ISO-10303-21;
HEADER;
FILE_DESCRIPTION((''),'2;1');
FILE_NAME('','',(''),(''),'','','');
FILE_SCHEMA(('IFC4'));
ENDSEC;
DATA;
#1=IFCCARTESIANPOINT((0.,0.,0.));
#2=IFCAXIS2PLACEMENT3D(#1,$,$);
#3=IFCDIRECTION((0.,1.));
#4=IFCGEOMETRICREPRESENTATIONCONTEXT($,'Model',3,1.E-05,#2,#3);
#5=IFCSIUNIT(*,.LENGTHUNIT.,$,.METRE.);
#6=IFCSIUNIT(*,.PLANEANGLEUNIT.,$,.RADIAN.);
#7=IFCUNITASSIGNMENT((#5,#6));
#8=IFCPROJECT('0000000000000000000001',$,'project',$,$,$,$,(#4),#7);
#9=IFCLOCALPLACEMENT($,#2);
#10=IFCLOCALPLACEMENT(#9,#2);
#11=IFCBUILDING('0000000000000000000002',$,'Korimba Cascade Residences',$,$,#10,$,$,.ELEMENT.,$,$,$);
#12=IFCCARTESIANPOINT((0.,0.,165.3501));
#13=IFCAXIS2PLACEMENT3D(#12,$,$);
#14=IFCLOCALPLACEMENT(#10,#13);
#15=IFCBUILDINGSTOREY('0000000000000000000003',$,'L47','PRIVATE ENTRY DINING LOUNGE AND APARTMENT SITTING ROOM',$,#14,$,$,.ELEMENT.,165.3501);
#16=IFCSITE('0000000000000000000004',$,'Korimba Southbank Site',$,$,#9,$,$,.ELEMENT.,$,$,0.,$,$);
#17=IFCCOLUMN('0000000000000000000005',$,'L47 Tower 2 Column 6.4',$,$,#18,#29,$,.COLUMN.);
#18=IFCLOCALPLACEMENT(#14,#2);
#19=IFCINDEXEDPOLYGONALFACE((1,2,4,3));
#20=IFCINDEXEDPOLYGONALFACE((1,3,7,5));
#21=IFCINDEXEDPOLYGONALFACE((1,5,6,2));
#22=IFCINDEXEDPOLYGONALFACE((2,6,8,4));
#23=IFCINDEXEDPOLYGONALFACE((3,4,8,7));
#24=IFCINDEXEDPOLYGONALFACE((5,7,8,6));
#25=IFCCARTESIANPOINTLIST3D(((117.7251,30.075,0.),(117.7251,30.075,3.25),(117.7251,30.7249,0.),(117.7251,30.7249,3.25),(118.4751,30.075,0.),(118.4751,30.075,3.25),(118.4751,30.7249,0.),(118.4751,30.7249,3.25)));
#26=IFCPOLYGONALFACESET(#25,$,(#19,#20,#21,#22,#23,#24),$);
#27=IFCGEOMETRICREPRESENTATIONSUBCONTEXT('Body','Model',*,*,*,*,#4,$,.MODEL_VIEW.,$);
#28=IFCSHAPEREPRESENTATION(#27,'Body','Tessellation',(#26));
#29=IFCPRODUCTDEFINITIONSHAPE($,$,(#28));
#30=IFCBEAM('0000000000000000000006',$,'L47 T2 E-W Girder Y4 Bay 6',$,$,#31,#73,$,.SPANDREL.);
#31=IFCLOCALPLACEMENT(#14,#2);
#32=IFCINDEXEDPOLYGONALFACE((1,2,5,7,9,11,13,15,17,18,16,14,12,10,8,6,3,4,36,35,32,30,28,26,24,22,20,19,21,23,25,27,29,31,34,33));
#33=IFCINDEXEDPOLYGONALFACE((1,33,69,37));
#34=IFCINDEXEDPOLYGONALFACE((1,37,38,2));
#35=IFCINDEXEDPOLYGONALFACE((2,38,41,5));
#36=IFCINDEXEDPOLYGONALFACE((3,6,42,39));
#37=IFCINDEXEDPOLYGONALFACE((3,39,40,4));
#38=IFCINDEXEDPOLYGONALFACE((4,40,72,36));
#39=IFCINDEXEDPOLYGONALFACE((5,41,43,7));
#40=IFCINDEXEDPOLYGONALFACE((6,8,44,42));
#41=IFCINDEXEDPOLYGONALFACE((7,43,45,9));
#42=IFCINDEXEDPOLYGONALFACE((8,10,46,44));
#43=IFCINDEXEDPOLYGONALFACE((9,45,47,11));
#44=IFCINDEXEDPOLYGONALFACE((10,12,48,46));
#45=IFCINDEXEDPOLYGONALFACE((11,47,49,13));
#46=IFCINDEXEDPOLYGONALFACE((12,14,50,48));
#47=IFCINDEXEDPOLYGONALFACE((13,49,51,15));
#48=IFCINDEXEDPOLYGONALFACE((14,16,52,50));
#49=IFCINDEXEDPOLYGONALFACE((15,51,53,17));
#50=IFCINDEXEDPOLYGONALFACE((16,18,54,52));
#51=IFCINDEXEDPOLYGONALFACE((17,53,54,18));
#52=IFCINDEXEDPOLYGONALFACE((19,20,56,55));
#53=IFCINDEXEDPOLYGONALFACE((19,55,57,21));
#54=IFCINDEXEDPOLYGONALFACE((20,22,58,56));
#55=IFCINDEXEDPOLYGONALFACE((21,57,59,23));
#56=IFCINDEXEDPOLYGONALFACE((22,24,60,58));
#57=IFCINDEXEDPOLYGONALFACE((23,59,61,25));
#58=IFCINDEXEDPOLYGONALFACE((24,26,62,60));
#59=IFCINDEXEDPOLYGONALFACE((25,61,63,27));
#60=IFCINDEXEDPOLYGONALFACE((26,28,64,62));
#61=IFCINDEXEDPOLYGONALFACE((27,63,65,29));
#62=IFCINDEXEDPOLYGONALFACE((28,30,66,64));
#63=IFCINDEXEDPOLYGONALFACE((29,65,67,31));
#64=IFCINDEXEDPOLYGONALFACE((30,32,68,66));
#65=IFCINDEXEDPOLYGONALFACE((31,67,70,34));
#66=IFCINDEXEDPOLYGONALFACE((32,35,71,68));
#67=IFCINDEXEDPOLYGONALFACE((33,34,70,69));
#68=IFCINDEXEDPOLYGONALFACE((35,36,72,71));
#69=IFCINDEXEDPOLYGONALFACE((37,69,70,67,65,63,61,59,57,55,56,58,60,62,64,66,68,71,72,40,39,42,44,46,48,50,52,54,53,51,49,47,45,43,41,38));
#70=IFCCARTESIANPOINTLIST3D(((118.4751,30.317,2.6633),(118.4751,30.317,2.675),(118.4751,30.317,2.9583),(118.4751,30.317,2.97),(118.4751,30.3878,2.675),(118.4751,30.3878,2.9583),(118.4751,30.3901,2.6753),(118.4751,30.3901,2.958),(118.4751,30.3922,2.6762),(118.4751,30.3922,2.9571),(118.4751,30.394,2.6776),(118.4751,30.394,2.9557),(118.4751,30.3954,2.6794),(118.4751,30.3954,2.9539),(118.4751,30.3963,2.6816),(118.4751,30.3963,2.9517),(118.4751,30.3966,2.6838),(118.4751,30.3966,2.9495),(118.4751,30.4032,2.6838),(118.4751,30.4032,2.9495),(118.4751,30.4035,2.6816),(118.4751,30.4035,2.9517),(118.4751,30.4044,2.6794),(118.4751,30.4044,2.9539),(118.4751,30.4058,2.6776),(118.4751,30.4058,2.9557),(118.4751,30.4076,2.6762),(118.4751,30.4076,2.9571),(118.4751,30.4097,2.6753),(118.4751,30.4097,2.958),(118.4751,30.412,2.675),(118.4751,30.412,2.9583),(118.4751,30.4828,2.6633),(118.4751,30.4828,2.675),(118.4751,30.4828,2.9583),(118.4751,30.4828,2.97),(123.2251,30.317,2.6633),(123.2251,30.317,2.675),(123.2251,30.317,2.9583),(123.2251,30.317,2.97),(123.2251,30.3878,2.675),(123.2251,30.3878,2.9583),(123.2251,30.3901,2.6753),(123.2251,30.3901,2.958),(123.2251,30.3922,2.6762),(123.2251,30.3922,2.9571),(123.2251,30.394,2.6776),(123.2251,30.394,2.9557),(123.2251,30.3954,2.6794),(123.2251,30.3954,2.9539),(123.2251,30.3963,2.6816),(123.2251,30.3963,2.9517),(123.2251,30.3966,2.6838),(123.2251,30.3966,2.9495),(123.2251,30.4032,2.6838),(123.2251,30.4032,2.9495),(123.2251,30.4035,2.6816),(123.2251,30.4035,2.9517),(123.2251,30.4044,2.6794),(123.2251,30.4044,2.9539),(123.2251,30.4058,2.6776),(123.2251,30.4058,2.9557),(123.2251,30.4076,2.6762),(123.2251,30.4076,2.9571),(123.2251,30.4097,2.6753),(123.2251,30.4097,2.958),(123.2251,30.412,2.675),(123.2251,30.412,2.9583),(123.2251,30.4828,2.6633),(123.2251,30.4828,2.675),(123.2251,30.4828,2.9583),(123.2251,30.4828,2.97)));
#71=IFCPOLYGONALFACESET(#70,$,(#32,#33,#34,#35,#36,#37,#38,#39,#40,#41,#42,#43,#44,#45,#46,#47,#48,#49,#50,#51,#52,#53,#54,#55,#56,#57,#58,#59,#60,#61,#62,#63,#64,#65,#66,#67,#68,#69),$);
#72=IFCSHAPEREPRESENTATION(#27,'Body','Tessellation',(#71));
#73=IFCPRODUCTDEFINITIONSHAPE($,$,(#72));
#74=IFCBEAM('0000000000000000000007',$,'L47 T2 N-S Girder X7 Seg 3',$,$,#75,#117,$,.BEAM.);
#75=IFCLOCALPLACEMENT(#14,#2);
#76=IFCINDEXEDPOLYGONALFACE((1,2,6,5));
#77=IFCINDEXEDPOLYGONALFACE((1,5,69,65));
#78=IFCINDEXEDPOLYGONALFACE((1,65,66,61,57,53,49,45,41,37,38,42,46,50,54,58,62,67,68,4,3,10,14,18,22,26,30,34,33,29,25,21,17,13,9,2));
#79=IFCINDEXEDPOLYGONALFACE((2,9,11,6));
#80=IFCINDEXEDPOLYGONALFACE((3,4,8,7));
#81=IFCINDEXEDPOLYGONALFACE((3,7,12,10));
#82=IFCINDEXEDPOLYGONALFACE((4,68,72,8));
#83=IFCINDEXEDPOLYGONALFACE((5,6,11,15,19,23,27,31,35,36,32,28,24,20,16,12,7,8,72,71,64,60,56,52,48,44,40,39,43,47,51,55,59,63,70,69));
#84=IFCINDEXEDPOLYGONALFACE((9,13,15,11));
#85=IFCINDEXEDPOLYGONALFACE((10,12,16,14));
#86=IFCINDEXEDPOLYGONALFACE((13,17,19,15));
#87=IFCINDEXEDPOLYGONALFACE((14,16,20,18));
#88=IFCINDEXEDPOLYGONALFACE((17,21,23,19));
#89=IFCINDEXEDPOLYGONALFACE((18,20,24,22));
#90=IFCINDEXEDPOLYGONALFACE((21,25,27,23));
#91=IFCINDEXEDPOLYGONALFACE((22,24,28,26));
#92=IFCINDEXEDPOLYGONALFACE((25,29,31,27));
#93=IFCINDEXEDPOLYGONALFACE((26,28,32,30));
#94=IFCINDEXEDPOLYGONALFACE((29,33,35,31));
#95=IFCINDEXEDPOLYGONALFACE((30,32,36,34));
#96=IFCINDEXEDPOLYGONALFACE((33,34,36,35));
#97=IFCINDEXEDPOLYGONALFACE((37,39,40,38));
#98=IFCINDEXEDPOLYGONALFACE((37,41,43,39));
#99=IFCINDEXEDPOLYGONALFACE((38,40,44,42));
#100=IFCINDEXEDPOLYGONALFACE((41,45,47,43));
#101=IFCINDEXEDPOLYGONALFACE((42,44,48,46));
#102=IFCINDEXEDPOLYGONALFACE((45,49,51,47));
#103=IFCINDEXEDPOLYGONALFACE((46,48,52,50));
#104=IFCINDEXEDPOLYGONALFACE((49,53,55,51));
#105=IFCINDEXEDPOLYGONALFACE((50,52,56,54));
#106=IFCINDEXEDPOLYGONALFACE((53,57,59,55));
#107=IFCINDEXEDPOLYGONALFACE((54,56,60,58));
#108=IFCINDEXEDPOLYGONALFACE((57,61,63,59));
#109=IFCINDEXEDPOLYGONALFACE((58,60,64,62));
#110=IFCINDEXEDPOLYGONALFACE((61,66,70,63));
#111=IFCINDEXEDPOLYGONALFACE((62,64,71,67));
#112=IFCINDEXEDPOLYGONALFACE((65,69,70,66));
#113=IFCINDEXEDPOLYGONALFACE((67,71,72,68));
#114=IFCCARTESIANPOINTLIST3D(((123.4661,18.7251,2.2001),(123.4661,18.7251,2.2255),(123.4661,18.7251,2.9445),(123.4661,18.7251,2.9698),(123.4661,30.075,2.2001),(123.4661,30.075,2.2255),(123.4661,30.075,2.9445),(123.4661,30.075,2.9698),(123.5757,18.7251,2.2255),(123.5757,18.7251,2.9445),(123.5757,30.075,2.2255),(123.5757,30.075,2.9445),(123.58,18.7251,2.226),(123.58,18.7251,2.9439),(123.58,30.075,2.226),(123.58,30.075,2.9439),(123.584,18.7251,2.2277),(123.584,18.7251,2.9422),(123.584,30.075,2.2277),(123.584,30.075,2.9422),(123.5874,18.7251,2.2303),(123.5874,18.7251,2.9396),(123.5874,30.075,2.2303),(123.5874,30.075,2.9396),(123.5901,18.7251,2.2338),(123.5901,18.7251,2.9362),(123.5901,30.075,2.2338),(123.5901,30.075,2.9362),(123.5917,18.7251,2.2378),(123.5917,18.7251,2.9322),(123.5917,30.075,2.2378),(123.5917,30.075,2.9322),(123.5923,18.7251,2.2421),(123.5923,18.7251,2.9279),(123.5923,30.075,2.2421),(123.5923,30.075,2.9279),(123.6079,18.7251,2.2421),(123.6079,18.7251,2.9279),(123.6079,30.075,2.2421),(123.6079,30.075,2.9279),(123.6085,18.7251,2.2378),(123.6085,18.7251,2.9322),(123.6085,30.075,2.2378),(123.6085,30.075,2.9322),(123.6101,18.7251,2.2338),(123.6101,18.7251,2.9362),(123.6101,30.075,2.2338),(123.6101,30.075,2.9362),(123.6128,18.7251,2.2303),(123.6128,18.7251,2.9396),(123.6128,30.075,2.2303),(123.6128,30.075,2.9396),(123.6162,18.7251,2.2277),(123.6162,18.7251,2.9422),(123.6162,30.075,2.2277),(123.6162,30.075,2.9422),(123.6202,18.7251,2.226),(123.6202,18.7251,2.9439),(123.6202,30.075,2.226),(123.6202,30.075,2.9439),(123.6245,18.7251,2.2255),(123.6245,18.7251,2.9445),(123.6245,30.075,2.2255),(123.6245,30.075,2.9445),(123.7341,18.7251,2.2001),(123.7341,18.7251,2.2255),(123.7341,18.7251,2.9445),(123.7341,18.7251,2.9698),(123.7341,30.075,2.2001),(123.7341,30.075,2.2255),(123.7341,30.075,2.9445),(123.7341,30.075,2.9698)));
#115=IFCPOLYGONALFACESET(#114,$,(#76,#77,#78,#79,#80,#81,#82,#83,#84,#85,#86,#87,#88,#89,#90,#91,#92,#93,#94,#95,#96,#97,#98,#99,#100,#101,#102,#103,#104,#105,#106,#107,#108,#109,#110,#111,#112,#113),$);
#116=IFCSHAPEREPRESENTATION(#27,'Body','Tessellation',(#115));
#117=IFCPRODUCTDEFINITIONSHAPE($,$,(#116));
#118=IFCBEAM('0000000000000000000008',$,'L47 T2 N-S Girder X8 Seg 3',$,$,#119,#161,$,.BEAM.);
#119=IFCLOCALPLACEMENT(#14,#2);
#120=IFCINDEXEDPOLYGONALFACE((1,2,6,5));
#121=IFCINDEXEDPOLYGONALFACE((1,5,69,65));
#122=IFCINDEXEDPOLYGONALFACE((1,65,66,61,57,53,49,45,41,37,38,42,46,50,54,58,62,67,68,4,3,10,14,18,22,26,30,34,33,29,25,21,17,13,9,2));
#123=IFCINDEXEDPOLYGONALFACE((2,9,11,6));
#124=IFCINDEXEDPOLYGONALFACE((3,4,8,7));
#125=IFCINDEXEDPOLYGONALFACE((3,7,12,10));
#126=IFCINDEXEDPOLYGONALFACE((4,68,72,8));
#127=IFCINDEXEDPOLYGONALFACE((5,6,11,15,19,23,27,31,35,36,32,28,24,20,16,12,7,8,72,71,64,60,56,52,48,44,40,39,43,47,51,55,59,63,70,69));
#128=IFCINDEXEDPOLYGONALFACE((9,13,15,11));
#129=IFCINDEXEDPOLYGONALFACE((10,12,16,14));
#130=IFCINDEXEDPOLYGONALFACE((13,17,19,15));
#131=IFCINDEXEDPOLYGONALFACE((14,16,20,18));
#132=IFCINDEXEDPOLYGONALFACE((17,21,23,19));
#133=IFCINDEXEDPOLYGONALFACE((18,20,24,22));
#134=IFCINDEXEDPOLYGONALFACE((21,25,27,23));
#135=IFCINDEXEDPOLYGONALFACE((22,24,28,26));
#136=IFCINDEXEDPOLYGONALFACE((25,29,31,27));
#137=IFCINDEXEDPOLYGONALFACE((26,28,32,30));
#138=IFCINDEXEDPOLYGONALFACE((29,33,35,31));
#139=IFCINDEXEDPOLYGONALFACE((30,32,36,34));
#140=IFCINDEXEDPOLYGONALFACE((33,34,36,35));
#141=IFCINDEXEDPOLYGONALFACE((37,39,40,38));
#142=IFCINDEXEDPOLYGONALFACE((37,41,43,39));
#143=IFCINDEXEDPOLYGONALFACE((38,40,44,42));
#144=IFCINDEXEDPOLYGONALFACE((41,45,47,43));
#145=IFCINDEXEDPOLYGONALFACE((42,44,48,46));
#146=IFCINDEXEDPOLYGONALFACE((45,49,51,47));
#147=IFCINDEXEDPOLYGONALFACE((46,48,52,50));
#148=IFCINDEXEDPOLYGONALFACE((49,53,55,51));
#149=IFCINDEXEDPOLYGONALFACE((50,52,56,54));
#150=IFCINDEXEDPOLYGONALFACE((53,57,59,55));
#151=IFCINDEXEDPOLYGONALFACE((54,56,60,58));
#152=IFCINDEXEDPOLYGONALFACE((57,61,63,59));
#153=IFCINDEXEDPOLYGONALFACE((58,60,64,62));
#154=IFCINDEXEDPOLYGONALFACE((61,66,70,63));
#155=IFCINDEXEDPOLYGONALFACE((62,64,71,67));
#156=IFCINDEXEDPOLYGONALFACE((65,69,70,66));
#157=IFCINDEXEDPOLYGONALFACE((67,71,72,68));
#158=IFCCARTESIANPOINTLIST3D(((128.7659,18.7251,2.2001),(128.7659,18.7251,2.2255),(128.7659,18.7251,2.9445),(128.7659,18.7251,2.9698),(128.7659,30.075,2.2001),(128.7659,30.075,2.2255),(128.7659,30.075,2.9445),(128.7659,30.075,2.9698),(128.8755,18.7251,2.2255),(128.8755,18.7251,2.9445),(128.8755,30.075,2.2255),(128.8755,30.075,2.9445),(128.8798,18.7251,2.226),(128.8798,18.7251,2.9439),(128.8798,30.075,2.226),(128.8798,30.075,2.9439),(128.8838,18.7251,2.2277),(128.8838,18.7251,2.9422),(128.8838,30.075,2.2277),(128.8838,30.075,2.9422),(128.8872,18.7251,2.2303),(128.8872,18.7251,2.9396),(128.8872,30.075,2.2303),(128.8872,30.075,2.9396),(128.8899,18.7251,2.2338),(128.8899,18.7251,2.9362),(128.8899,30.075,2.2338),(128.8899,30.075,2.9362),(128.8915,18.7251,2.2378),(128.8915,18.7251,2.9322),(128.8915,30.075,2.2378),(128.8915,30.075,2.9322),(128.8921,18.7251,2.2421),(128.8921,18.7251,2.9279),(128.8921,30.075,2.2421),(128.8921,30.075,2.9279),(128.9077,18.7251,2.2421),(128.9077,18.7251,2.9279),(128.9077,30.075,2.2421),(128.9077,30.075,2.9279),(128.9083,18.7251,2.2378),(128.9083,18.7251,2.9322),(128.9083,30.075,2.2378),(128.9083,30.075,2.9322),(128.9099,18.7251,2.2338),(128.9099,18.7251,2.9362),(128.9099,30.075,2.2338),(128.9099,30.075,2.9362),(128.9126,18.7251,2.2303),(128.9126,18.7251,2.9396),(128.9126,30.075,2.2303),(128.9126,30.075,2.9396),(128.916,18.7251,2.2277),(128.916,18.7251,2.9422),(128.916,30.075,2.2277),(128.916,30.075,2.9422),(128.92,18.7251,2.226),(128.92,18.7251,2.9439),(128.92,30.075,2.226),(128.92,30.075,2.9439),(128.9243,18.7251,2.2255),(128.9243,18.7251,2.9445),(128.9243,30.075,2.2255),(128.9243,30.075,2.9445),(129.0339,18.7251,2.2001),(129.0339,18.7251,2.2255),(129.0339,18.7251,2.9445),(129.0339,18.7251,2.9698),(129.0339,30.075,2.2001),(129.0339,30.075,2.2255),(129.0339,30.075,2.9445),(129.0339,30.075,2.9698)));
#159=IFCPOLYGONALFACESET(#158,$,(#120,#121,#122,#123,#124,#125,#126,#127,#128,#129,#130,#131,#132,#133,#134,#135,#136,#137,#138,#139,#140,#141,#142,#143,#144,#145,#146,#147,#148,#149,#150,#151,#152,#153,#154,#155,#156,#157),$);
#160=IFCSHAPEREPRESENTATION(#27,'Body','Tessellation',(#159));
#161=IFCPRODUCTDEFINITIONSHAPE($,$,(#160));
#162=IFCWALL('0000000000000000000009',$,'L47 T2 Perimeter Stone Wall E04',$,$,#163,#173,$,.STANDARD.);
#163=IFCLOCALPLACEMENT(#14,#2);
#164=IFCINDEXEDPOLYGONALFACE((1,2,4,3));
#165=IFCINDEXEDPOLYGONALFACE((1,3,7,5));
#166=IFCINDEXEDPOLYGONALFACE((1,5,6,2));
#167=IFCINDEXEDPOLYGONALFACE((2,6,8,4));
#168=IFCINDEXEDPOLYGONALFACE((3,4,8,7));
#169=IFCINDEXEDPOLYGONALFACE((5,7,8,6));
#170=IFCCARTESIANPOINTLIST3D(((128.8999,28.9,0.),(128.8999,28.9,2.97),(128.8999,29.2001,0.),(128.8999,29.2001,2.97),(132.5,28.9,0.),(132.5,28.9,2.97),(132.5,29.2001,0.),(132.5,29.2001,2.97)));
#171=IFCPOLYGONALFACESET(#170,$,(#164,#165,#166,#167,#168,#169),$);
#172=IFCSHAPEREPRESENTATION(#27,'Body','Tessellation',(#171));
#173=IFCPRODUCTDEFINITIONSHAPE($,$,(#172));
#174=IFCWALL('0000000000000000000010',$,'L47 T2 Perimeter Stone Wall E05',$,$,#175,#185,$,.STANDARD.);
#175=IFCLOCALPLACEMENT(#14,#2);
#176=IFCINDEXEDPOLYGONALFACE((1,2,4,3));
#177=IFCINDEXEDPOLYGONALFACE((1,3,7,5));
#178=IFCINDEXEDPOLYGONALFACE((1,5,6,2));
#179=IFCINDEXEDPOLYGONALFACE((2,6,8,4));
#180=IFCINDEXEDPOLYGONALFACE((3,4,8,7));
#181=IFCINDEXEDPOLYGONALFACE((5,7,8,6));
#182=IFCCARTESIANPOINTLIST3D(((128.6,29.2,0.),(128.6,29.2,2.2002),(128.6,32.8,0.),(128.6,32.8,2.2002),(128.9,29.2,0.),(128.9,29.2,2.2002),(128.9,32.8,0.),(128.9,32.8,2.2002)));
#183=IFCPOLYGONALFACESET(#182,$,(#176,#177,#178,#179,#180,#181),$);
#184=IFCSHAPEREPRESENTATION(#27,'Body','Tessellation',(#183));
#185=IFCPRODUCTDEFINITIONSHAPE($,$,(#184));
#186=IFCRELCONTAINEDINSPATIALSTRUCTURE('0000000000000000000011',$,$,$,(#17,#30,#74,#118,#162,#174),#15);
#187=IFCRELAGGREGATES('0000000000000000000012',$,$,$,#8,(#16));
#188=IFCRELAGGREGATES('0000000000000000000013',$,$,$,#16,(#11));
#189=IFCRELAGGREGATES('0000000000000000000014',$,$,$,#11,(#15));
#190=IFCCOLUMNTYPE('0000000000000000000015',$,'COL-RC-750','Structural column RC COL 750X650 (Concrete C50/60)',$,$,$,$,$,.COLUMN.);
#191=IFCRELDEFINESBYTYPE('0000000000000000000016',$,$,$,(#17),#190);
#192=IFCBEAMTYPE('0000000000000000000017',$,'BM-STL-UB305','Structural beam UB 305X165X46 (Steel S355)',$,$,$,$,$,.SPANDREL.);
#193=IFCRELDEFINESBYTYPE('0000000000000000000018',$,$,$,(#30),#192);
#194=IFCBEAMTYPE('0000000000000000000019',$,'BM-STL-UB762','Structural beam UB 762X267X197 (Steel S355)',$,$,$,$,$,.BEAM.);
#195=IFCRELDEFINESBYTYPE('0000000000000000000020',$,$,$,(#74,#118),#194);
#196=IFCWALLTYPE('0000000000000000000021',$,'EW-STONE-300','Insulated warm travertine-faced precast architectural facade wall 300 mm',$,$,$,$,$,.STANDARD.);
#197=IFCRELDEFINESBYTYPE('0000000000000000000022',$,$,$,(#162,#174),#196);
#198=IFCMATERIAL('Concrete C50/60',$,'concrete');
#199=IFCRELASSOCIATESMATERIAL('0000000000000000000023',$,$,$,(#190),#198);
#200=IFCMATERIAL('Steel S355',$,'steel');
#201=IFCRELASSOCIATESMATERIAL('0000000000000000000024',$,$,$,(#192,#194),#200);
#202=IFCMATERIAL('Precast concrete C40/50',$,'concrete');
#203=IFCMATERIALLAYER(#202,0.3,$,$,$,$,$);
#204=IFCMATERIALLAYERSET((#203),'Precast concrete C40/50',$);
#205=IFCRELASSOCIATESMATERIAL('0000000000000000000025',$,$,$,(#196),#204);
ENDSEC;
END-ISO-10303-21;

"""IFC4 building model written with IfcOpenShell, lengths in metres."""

from ifc_helpers import new_model, si_unit, direction, frame, frame_2d, origin, origin_2d, place, context, subcontext, project, spatial, rectangle, i_section, extrude, material, layer, layer_set, material_profile, profile_set, type_object, element, save


model = new_model("IFC4")

# Units and contexts
model_context = context("Model", 3, precision=1e-05, world=origin(), true_north=direction((0.0, 1.0)))
body_context = subcontext(model_context, "Body", "Model", "MODEL_VIEW")
ifc_project = project(units=[si_unit("LENGTHUNIT", "METRE"), si_unit("PLANEANGLEUNIT", "RADIAN")], contexts=[model_context])

# Site, building, storey
site_placement = place(None, origin())
site = spatial("IfcSite", under=ifc_project, at=site_placement, Name="Korimba Southbank Site", CompositionType="ELEMENT", RefElevation=0.0)
building_placement = place(site_placement, origin())
building = spatial("IfcBuilding", under=site, at=building_placement, Name="Korimba Cascade Residences", CompositionType="ELEMENT")
storey_placement = place(building_placement, frame((0.0, 0.0, 165.3501)))
storey = spatial("IfcBuildingStorey", under=building, at=storey_placement, Name="L47", Description="PRIVATE ENTRY DINING LOUNGE AND APARTMENT SITTING ROOM", CompositionType="ELEMENT", Elevation=165.3501)

# Column
ifc_material_1 = material(Name="Concrete C50/60", Category="concrete")
ifc_material_profile_1 = material_profile(ifc_material_1, rectangle(XDim=0.75, YDim=0.6499, at=origin_2d()), Name="Concrete C50/60")
ifc_profile_set_1 = profile_set([ifc_material_profile_1], Name="Concrete C50/60")
column_type = type_object("IfcColumnType", Name="COL-RC-750", Description="Structural column RC COL 750X650 (Concrete C50/60)", PredefinedType="COLUMN", material=ifc_profile_set_1)
column_placement = place(storey_placement, frame((118.1001, 30.3999, 0.0), z_axis=(0.0, 0.0, 1.0), x_axis=(1.0, 0.0, 0.0)))
element("IfcColumn", 1, at=column_placement, inside=storey, type_object=column_type, Name="L47 Tower 2 Column 6.4", PredefinedType="COLUMN", context=body_context, shape_type="SweptSolid", body=[
    extrude(rectangle(XDim=0.75, YDim=0.6499, at=origin_2d()), origin(), (0.0, 0.0, 1.0), 3.25),
])

# Beams
ifc_material_2 = material(Name="Steel S355", Category="steel")
ifc_material_profile_2 = material_profile(ifc_material_2, i_section(OverallWidth=0.1658, OverallDepth=0.3066, WebThickness=0.0066, FlangeThickness=0.0117, FilletRadius=0.0088, at=origin_2d()), Name="Steel S355")
ifc_profile_set_2 = profile_set([ifc_material_profile_2], Name="Steel S355")
beam_type_1 = type_object("IfcBeamType", Name="BM-STL-UB305", Description="Structural beam UB 305X165X46 (Steel S355)", PredefinedType="SPANDREL", material=ifc_profile_set_2)
beam_placement = place(storey_placement, frame((118.4751, 30.3999, 2.8167), z_axis=(1.0, 0.0, 0.0), x_axis=(0.0, 1.0, 0.0)))
element("IfcBeam", 2, at=beam_placement, inside=storey, type_object=beam_type_1, Name="L47 T2 E-W Girder Y4 Bay 6", PredefinedType="SPANDREL", context=body_context, shape_type="SweptSolid", body=[
    extrude(i_section(OverallWidth=0.1658, OverallDepth=0.3066, WebThickness=0.0066, FlangeThickness=0.0117, FilletRadius=0.0088, at=origin_2d()), origin(), (0.0, 0.0, 1.0), 4.75),
])
ifc_material_profile_3 = material_profile(ifc_material_2, i_section(OverallWidth=0.2681, OverallDepth=0.7698, WebThickness=0.0156, FlangeThickness=0.0254, FilletRadius=0.0166, at=origin_2d()), Name="Steel S355")
ifc_profile_set_3 = profile_set([ifc_material_profile_3], Name="Steel S355")
beam_type_2 = type_object("IfcBeamType", Name="BM-STL-UB762", Description="Structural beam UB 762X267X197 (Steel S355)", PredefinedType="BEAM", material=ifc_profile_set_3)
for number, where, z_axis, x_axis, name in (
    (3, (123.6001, 18.7251, 2.585), (0.0, 1.0, 0.0), (-1.0, 0.0, 0.0), "L47 T2 N-S Girder X7 Seg 3"),
    (4, (128.8999, 18.7251, 2.585), (0.0, 1.0, 0.0), (-1.0, 0.0, 0.0), "L47 T2 N-S Girder X8 Seg 3"),
):
    element("IfcBeam", number, at=place(storey_placement, frame(where, z_axis=z_axis, x_axis=x_axis)), inside=storey, type_object=beam_type_2, Name=name, PredefinedType="BEAM", context=body_context, shape_type="SweptSolid", body=[
        extrude(i_section(OverallWidth=0.2681, OverallDepth=0.7698, WebThickness=0.0156, FlangeThickness=0.0254, FilletRadius=0.0166, at=origin_2d()), origin(), (0.0, 0.0, 1.0), 11.3499),
    ])

# Walls
ifc_material_3 = material(Name="Precast concrete C40/50", Category="concrete")
ifc_layer_1 = layer(ifc_material_3, 0.3)
ifc_layer_set_1 = layer_set([ifc_layer_1], Name="Precast concrete C40/50")
wall_type_1 = type_object("IfcWallType", Name="EW-STONE-300", Description="Insulated warm travertine-faced precast architectural facade wall 300 mm", PredefinedType="STANDARD", material=ifc_layer_set_1)
wall_1_placement = place(storey_placement, frame((132.5, 29.05, 0.0), z_axis=(0.0, 0.0, 1.0), x_axis=(-1.0, 0.0, 0.0)))
element("IfcWall", 5, at=wall_1_placement, inside=storey, type_object=wall_type_1, Name="L47 T2 Perimeter Stone Wall E04", PredefinedType="STANDARD", context=body_context, shape_type="SweptSolid", body=[
    extrude(rectangle(XDim=3.6001, YDim=0.3, at=frame_2d((1.8, 0.0))), origin(), (0.0, 0.0, 1.0), 2.97),
])
wall_2_placement = place(storey_placement, frame((128.75, 29.2, 0.0), z_axis=(0.0, 0.0, 1.0), x_axis=(0.0, 1.0, 0.0)))
element("IfcWall", 6, at=wall_2_placement, inside=storey, type_object=wall_type_1, Name="L47 T2 Perimeter Stone Wall E05", PredefinedType="STANDARD", context=body_context, shape_type="SweptSolid", body=[
    extrude(rectangle(XDim=3.6001, YDim=0.3, at=frame_2d((1.8, 0.0))), origin(), (0.0, 0.0, 1.0), 2.2002),
])

save(model, "model.ifc")
